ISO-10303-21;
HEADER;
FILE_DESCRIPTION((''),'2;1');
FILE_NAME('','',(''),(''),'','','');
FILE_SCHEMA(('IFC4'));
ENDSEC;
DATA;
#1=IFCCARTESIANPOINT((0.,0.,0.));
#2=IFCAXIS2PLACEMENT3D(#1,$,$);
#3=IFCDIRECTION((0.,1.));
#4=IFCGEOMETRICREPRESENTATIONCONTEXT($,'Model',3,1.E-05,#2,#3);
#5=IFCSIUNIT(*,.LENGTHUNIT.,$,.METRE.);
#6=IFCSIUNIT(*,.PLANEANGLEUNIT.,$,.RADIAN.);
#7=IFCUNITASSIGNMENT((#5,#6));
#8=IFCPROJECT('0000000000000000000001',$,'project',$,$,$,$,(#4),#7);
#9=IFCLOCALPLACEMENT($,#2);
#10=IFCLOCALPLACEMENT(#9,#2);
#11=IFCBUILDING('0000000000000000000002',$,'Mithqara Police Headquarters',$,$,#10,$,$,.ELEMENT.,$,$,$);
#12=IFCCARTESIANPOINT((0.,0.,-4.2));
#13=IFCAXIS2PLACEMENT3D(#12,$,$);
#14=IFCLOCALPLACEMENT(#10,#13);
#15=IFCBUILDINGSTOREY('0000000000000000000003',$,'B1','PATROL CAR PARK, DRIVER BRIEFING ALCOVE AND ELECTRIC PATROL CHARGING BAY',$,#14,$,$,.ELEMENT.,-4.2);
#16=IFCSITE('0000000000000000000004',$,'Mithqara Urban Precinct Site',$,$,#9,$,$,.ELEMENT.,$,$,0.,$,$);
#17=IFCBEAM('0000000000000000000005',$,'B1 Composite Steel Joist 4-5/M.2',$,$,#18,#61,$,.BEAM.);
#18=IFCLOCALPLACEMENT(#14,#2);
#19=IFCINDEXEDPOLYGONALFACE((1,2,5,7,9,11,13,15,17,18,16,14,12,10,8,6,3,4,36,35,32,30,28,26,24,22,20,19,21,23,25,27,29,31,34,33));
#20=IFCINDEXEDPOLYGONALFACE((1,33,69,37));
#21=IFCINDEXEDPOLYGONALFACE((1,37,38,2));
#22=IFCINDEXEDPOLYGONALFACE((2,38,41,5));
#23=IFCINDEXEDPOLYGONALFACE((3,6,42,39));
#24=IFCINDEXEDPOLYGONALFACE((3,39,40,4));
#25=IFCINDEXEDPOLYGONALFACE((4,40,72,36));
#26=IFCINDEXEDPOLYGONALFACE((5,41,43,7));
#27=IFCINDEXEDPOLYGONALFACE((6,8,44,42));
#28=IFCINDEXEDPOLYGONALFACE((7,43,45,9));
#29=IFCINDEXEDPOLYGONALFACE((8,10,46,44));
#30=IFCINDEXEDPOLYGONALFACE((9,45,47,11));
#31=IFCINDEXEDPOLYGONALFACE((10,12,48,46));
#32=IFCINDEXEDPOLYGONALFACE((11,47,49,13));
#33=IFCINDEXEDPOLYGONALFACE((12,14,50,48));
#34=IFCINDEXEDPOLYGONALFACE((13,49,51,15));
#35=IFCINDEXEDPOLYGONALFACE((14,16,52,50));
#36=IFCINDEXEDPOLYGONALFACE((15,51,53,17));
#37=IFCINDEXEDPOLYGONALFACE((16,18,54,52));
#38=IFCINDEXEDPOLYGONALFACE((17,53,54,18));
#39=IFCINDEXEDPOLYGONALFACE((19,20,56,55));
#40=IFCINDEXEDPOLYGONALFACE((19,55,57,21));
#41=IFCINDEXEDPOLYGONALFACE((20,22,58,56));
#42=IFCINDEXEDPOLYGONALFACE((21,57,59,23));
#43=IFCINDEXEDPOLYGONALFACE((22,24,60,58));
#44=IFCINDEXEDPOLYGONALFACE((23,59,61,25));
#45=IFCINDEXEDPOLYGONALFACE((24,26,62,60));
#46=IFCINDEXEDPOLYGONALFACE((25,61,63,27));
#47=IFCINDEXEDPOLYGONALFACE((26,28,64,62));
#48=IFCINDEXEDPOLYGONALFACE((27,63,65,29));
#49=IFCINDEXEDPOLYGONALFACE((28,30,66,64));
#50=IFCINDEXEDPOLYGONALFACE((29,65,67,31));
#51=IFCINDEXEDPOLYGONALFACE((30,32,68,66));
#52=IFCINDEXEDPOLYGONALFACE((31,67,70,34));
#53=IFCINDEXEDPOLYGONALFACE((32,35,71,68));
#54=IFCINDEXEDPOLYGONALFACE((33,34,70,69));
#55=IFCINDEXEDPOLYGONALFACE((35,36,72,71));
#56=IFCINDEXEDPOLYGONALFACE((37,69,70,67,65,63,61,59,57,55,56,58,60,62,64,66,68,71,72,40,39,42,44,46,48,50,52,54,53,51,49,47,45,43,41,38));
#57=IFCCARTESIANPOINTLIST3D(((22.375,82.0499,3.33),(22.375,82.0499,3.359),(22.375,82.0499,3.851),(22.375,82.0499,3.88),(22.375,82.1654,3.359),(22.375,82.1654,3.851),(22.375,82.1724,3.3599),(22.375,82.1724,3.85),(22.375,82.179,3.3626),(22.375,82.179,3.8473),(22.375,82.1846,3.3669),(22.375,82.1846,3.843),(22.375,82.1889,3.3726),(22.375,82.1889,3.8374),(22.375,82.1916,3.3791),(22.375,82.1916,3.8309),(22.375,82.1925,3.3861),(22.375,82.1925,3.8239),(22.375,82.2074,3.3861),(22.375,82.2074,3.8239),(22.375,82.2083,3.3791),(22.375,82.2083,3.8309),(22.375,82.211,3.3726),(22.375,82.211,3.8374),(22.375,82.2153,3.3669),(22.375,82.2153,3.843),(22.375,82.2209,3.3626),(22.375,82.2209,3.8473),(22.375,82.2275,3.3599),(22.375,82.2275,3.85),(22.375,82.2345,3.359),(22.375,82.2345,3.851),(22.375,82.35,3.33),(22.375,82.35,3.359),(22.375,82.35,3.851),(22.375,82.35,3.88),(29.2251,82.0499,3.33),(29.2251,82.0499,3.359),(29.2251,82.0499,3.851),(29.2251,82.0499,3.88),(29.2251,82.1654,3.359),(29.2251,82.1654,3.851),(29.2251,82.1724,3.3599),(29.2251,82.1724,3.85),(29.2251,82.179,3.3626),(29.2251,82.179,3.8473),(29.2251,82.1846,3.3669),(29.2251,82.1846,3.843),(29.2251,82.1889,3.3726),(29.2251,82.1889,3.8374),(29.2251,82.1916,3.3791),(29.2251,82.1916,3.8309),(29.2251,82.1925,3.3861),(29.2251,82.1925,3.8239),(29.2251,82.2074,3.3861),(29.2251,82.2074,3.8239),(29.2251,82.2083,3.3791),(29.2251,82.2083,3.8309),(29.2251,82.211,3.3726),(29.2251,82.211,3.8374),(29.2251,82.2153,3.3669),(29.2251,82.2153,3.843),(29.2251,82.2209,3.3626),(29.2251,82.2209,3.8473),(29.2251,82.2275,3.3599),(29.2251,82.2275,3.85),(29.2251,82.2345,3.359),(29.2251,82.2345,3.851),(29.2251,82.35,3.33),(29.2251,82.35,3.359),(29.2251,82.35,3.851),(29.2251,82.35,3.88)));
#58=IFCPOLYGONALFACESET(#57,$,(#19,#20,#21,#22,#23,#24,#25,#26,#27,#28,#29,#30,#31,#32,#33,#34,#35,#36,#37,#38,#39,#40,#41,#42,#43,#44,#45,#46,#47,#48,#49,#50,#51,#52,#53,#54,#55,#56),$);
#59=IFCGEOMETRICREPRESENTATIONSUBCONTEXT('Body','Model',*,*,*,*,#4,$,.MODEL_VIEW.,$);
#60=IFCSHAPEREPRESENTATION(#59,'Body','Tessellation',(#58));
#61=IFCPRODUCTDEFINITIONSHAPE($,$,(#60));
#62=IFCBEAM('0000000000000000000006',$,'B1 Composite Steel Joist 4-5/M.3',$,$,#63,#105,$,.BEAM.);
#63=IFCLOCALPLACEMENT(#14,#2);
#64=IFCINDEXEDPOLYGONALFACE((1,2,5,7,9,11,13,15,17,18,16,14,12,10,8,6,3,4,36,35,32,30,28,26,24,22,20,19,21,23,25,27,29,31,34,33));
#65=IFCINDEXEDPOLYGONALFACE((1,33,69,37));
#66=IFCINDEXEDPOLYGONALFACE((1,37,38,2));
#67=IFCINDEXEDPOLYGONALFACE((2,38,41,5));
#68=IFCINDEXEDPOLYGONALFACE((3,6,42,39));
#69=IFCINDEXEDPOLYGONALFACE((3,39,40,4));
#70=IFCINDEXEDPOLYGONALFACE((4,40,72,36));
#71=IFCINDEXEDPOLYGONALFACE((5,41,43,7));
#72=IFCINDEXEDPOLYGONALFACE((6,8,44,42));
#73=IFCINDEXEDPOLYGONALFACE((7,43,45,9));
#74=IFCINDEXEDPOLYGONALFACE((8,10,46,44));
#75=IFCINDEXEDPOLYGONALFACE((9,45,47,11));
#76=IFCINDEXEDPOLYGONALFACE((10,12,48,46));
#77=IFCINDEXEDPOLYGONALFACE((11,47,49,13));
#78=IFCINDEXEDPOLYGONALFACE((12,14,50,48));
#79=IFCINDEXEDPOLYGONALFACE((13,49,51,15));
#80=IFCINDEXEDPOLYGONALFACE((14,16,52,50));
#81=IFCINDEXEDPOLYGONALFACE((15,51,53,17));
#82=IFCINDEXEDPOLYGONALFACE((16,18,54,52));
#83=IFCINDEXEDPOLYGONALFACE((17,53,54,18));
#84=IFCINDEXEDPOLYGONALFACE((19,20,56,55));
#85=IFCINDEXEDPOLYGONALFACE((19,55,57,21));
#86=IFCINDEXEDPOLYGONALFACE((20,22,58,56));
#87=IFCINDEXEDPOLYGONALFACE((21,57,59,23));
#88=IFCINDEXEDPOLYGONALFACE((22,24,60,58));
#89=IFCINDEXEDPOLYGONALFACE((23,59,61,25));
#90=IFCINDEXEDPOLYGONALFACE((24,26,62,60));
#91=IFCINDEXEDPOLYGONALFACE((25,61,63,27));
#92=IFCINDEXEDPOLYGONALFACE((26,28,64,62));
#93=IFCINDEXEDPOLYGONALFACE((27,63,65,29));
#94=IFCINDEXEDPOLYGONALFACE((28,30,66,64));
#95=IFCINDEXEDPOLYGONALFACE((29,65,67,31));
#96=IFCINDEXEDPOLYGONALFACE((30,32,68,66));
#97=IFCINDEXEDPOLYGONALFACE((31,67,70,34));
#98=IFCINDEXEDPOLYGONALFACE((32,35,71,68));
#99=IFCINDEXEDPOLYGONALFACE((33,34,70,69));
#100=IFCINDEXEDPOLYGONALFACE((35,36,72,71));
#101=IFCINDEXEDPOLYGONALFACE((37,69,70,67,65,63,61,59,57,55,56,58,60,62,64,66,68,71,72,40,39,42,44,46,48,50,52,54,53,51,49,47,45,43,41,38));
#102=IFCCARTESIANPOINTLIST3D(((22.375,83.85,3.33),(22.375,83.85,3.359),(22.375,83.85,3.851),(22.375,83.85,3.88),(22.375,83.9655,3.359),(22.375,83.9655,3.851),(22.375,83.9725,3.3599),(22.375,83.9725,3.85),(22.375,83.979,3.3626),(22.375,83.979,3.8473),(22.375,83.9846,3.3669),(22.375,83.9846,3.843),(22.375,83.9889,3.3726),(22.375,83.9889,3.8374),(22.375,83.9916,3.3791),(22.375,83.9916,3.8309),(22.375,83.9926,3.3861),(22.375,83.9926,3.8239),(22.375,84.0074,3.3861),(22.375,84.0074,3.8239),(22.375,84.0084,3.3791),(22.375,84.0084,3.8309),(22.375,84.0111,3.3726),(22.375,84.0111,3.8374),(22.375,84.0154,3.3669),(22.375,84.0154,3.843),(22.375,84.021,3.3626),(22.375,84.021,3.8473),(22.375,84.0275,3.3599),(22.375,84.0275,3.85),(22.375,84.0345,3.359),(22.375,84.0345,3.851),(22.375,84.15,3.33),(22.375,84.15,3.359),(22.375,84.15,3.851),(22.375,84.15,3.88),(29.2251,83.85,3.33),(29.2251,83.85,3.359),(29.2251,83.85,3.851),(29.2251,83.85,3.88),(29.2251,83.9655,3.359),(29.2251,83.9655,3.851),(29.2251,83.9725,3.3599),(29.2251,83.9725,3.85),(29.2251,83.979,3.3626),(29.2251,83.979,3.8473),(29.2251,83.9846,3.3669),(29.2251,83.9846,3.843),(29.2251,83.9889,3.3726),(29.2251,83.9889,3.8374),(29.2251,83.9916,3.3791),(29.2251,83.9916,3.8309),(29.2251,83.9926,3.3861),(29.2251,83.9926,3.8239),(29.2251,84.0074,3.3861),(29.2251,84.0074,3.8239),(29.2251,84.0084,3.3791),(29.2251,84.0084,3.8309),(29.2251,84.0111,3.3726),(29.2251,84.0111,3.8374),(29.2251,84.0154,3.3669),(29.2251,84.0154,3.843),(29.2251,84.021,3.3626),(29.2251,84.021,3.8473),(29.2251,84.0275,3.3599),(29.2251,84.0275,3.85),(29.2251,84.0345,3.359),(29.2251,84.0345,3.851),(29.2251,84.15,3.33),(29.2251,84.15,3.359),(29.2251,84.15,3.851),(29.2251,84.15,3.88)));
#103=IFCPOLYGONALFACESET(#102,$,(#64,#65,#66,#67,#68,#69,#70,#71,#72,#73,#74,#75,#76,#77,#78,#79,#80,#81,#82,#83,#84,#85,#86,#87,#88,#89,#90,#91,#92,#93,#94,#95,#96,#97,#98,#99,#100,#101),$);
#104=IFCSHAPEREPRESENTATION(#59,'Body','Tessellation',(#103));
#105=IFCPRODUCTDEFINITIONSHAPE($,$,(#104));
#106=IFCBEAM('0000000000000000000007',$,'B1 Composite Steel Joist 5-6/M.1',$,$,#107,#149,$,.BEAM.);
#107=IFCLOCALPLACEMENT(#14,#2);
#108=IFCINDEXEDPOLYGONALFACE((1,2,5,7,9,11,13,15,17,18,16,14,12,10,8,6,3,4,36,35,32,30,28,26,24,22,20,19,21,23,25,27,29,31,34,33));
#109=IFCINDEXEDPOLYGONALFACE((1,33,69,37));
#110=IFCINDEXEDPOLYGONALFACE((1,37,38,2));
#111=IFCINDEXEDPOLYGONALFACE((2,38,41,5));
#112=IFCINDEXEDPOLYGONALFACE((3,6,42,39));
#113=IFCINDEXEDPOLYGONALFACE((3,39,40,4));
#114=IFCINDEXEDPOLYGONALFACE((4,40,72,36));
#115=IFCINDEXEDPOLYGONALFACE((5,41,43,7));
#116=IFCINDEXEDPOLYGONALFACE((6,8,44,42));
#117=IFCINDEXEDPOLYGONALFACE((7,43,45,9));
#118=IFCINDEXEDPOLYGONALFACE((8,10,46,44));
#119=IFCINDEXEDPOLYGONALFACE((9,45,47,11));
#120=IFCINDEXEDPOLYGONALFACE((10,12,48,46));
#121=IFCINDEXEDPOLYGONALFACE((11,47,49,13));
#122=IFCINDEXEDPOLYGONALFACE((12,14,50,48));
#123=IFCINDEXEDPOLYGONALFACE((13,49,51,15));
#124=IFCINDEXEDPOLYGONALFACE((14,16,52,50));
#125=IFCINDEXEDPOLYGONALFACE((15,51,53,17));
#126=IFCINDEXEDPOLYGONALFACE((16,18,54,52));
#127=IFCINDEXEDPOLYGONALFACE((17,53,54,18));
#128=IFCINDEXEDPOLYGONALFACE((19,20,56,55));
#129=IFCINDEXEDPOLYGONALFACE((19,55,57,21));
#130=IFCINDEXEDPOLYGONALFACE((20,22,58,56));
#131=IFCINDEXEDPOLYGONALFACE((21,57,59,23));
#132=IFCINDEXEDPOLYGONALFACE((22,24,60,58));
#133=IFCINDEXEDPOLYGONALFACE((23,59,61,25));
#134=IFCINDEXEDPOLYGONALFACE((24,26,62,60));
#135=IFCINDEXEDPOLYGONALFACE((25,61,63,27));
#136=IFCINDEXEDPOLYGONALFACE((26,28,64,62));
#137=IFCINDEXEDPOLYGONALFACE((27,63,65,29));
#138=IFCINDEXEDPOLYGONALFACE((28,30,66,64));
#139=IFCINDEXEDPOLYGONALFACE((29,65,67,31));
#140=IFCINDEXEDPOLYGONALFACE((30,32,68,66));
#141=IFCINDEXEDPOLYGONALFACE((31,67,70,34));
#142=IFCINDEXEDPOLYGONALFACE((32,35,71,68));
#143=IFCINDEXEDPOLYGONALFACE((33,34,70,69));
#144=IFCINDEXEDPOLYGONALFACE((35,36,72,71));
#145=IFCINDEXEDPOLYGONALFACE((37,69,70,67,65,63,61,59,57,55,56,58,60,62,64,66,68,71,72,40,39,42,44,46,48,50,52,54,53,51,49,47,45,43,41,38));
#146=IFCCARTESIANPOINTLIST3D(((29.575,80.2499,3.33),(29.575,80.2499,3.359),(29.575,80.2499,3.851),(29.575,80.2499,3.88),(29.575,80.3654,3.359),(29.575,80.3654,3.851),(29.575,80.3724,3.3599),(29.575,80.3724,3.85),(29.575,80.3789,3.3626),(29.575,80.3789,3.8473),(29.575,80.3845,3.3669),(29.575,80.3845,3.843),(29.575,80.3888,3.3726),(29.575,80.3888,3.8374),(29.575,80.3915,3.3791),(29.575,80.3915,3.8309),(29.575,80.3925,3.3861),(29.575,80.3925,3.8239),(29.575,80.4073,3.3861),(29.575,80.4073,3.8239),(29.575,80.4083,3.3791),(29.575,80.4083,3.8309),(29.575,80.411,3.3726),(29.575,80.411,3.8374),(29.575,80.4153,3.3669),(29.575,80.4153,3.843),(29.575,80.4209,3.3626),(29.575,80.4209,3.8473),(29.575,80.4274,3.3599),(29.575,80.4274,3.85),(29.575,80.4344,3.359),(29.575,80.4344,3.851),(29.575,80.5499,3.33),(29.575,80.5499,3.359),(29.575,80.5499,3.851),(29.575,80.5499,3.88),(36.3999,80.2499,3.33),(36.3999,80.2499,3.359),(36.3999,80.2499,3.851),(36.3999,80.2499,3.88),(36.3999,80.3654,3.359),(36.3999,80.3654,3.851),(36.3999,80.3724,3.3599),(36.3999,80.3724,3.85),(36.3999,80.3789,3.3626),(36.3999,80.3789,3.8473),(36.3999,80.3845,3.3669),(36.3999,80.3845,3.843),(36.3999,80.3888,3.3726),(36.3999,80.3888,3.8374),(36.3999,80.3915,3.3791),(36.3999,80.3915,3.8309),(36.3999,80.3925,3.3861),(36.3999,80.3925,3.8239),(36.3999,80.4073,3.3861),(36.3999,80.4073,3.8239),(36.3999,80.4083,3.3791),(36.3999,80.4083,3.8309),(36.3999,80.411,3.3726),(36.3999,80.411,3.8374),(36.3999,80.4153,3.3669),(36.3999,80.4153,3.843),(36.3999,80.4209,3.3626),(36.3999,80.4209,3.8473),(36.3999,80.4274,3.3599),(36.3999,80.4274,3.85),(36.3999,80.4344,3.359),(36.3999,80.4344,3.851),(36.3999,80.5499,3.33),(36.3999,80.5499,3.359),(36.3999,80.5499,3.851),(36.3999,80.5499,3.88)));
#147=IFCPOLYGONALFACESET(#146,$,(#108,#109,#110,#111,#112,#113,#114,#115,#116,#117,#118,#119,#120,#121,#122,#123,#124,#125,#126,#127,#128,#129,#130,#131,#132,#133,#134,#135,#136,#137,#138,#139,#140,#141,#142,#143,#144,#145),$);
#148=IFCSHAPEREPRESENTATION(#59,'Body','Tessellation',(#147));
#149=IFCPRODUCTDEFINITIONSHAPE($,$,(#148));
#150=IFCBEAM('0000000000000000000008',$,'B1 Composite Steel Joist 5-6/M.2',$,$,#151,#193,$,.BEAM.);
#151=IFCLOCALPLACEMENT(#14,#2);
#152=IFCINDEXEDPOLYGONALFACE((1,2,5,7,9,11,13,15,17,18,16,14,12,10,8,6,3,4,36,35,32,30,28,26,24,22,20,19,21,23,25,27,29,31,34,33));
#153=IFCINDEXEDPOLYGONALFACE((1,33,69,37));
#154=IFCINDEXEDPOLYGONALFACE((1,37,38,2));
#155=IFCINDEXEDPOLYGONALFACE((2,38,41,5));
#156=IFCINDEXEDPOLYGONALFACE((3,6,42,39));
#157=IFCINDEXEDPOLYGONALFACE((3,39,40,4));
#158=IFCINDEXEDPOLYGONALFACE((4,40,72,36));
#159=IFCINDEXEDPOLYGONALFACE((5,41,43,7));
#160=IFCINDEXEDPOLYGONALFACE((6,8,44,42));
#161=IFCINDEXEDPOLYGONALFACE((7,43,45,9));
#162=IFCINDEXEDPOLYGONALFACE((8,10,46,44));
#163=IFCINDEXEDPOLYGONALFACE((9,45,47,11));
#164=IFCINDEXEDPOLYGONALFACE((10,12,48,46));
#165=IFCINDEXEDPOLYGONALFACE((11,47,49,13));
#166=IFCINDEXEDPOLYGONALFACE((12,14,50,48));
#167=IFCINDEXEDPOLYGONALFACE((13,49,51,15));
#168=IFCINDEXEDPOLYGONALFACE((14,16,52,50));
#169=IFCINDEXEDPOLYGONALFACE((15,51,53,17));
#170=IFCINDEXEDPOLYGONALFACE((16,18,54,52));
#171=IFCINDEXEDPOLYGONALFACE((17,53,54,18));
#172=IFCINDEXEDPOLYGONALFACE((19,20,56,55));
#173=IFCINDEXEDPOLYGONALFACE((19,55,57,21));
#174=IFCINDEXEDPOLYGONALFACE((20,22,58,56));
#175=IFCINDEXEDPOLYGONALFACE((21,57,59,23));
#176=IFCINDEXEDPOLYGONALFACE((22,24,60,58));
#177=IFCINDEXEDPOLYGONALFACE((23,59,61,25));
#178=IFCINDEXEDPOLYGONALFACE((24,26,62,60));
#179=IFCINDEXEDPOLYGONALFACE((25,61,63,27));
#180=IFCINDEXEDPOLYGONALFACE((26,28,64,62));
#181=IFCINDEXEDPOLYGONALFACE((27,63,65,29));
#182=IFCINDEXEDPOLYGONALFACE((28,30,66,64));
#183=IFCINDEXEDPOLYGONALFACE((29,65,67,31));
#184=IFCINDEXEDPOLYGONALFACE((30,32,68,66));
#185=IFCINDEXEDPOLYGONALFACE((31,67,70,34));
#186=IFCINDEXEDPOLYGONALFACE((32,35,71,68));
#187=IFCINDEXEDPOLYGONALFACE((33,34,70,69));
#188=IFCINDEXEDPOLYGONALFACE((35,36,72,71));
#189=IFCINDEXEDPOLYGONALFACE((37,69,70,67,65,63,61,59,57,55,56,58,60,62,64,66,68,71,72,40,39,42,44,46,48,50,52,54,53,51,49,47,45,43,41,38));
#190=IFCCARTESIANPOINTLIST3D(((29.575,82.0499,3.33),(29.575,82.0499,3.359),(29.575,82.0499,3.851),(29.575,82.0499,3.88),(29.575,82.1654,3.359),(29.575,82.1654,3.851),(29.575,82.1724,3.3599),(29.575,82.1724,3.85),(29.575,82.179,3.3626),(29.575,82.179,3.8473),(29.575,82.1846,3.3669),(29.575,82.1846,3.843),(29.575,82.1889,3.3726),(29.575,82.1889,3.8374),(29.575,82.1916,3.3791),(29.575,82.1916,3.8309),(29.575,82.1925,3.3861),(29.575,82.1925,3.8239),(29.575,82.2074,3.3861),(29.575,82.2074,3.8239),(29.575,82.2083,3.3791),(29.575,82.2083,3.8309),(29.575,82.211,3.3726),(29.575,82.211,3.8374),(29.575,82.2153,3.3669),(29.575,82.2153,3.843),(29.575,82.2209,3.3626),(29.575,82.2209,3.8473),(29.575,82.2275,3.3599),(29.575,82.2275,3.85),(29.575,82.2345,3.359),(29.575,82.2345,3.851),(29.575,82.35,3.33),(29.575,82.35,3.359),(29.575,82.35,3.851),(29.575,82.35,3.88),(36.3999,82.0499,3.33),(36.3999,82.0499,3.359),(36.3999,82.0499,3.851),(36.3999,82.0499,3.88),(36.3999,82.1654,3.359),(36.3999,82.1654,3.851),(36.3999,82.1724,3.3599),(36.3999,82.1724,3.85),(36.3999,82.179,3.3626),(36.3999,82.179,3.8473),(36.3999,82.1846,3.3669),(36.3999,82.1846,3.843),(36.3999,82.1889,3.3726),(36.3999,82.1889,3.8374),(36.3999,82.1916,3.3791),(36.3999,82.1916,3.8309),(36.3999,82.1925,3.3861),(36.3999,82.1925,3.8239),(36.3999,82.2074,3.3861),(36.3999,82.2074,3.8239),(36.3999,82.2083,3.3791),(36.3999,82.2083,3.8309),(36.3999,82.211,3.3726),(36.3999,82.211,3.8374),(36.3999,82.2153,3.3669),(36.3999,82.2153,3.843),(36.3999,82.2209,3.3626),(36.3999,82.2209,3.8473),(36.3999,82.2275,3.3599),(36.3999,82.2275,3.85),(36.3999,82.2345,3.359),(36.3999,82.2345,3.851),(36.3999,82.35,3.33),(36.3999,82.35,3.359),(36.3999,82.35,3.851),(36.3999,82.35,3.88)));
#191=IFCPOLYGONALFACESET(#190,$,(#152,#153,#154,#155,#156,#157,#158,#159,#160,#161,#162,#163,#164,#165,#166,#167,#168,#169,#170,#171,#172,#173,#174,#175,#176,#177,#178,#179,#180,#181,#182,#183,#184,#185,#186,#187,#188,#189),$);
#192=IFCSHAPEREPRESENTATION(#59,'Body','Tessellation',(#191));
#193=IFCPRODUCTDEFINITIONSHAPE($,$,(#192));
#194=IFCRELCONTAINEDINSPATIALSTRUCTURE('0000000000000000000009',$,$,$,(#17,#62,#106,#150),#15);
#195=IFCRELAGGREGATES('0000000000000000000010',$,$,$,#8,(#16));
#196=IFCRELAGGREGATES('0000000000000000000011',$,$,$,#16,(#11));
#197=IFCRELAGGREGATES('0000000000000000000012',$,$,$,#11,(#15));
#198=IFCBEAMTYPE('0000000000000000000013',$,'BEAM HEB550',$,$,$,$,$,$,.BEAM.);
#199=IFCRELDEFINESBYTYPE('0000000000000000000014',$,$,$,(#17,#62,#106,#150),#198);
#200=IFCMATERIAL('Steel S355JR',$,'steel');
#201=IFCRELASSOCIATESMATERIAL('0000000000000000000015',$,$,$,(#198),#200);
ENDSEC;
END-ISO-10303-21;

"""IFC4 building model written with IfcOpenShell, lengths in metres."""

from ifc_helpers import new_model, si_unit, direction, frame, origin, origin_2d, place, context, subcontext, project, spatial, i_section, extrude, material, material_profile, profile_set, type_object, element, save


model = new_model("IFC4")

# Units and contexts
model_context = context("Model", 3, precision=1e-05, world=origin(), true_north=direction((0.0, 1.0)))
body_context = subcontext(model_context, "Body", "Model", "MODEL_VIEW")
ifc_project = project(units=[si_unit("LENGTHUNIT", "METRE"), si_unit("PLANEANGLEUNIT", "RADIAN")], contexts=[model_context])

# Site, building, storey
site_placement = place(None, origin())
site = spatial("IfcSite", under=ifc_project, at=site_placement, Name="Mithqara Urban Precinct Site", CompositionType="ELEMENT", RefElevation=0.0)
building_placement = place(site_placement, origin())
building = spatial("IfcBuilding", under=site, at=building_placement, Name="Mithqara Police Headquarters", CompositionType="ELEMENT")
storey_placement = place(building_placement, frame((0.0, 0.0, -4.2)))
storey = spatial("IfcBuildingStorey", under=building, at=storey_placement, Name="B1", Description="PATROL CAR PARK, DRIVER BRIEFING ALCOVE AND ELECTRIC PATROL CHARGING BAY", CompositionType="ELEMENT", Elevation=-4.2)

# Beams
ifc_material_1 = material(Name="Steel S355JR", Category="steel")
ifc_material_profile_1 = material_profile(ifc_material_1, i_section(OverallWidth=0.3, OverallDepth=0.55, WebThickness=0.0149, FlangeThickness=0.0291, FilletRadius=0.0271, at=origin_2d()), Name="HEB 550")
ifc_profile_set_1 = profile_set([ifc_material_profile_1], Name="Steel S355JR")
beam_type_1 = type_object("IfcBeamType", Name="BEAM HEB550", PredefinedType="BEAM", material=ifc_profile_set_1)
for number, where, z_axis, x_axis, name in (
    (1, (22.375, 82.2, 3.605), (1.0, 0.0, 0.0), (0.0, 1.0, 0.0), "B1 Composite Steel Joist 4-5/M.2"),
    (2, (22.375, 84.0, 3.605), (1.0, 0.0, 0.0), (0.0, 1.0, 0.0), "B1 Composite Steel Joist 4-5/M.3"),
):
    element("IfcBeam", number, at=place(storey_placement, frame(where, z_axis=z_axis, x_axis=x_axis)), inside=storey, type_object=beam_type_1, Name=name, PredefinedType="BEAM", context=body_context, shape_type="SweptSolid", body=[
        extrude(i_section(OverallWidth=0.3, OverallDepth=0.55, WebThickness=0.0149, FlangeThickness=0.0291, FilletRadius=0.0271, at=origin_2d()), origin(), (0.0, 0.0, 1.0), 6.8501),
    ])
for number, where, z_axis, x_axis, name in (
    (3, (29.575, 80.3999, 3.605), (1.0, 0.0, 0.0), (0.0, 1.0, 0.0), "B1 Composite Steel Joist 5-6/M.1"),
    (4, (29.575, 82.2, 3.605), (1.0, 0.0, 0.0), (0.0, 1.0, 0.0), "B1 Composite Steel Joist 5-6/M.2"),
):
    element("IfcBeam", number, at=place(storey_placement, frame(where, z_axis=z_axis, x_axis=x_axis)), inside=storey, type_object=beam_type_1, Name=name, PredefinedType="BEAM", context=body_context, shape_type="SweptSolid", body=[
        extrude(i_section(OverallWidth=0.3, OverallDepth=0.55, WebThickness=0.0149, FlangeThickness=0.0291, FilletRadius=0.0271, at=origin_2d()), origin(), (0.0, 0.0, 1.0), 6.825),
    ])

save(model, "model.ifc")
